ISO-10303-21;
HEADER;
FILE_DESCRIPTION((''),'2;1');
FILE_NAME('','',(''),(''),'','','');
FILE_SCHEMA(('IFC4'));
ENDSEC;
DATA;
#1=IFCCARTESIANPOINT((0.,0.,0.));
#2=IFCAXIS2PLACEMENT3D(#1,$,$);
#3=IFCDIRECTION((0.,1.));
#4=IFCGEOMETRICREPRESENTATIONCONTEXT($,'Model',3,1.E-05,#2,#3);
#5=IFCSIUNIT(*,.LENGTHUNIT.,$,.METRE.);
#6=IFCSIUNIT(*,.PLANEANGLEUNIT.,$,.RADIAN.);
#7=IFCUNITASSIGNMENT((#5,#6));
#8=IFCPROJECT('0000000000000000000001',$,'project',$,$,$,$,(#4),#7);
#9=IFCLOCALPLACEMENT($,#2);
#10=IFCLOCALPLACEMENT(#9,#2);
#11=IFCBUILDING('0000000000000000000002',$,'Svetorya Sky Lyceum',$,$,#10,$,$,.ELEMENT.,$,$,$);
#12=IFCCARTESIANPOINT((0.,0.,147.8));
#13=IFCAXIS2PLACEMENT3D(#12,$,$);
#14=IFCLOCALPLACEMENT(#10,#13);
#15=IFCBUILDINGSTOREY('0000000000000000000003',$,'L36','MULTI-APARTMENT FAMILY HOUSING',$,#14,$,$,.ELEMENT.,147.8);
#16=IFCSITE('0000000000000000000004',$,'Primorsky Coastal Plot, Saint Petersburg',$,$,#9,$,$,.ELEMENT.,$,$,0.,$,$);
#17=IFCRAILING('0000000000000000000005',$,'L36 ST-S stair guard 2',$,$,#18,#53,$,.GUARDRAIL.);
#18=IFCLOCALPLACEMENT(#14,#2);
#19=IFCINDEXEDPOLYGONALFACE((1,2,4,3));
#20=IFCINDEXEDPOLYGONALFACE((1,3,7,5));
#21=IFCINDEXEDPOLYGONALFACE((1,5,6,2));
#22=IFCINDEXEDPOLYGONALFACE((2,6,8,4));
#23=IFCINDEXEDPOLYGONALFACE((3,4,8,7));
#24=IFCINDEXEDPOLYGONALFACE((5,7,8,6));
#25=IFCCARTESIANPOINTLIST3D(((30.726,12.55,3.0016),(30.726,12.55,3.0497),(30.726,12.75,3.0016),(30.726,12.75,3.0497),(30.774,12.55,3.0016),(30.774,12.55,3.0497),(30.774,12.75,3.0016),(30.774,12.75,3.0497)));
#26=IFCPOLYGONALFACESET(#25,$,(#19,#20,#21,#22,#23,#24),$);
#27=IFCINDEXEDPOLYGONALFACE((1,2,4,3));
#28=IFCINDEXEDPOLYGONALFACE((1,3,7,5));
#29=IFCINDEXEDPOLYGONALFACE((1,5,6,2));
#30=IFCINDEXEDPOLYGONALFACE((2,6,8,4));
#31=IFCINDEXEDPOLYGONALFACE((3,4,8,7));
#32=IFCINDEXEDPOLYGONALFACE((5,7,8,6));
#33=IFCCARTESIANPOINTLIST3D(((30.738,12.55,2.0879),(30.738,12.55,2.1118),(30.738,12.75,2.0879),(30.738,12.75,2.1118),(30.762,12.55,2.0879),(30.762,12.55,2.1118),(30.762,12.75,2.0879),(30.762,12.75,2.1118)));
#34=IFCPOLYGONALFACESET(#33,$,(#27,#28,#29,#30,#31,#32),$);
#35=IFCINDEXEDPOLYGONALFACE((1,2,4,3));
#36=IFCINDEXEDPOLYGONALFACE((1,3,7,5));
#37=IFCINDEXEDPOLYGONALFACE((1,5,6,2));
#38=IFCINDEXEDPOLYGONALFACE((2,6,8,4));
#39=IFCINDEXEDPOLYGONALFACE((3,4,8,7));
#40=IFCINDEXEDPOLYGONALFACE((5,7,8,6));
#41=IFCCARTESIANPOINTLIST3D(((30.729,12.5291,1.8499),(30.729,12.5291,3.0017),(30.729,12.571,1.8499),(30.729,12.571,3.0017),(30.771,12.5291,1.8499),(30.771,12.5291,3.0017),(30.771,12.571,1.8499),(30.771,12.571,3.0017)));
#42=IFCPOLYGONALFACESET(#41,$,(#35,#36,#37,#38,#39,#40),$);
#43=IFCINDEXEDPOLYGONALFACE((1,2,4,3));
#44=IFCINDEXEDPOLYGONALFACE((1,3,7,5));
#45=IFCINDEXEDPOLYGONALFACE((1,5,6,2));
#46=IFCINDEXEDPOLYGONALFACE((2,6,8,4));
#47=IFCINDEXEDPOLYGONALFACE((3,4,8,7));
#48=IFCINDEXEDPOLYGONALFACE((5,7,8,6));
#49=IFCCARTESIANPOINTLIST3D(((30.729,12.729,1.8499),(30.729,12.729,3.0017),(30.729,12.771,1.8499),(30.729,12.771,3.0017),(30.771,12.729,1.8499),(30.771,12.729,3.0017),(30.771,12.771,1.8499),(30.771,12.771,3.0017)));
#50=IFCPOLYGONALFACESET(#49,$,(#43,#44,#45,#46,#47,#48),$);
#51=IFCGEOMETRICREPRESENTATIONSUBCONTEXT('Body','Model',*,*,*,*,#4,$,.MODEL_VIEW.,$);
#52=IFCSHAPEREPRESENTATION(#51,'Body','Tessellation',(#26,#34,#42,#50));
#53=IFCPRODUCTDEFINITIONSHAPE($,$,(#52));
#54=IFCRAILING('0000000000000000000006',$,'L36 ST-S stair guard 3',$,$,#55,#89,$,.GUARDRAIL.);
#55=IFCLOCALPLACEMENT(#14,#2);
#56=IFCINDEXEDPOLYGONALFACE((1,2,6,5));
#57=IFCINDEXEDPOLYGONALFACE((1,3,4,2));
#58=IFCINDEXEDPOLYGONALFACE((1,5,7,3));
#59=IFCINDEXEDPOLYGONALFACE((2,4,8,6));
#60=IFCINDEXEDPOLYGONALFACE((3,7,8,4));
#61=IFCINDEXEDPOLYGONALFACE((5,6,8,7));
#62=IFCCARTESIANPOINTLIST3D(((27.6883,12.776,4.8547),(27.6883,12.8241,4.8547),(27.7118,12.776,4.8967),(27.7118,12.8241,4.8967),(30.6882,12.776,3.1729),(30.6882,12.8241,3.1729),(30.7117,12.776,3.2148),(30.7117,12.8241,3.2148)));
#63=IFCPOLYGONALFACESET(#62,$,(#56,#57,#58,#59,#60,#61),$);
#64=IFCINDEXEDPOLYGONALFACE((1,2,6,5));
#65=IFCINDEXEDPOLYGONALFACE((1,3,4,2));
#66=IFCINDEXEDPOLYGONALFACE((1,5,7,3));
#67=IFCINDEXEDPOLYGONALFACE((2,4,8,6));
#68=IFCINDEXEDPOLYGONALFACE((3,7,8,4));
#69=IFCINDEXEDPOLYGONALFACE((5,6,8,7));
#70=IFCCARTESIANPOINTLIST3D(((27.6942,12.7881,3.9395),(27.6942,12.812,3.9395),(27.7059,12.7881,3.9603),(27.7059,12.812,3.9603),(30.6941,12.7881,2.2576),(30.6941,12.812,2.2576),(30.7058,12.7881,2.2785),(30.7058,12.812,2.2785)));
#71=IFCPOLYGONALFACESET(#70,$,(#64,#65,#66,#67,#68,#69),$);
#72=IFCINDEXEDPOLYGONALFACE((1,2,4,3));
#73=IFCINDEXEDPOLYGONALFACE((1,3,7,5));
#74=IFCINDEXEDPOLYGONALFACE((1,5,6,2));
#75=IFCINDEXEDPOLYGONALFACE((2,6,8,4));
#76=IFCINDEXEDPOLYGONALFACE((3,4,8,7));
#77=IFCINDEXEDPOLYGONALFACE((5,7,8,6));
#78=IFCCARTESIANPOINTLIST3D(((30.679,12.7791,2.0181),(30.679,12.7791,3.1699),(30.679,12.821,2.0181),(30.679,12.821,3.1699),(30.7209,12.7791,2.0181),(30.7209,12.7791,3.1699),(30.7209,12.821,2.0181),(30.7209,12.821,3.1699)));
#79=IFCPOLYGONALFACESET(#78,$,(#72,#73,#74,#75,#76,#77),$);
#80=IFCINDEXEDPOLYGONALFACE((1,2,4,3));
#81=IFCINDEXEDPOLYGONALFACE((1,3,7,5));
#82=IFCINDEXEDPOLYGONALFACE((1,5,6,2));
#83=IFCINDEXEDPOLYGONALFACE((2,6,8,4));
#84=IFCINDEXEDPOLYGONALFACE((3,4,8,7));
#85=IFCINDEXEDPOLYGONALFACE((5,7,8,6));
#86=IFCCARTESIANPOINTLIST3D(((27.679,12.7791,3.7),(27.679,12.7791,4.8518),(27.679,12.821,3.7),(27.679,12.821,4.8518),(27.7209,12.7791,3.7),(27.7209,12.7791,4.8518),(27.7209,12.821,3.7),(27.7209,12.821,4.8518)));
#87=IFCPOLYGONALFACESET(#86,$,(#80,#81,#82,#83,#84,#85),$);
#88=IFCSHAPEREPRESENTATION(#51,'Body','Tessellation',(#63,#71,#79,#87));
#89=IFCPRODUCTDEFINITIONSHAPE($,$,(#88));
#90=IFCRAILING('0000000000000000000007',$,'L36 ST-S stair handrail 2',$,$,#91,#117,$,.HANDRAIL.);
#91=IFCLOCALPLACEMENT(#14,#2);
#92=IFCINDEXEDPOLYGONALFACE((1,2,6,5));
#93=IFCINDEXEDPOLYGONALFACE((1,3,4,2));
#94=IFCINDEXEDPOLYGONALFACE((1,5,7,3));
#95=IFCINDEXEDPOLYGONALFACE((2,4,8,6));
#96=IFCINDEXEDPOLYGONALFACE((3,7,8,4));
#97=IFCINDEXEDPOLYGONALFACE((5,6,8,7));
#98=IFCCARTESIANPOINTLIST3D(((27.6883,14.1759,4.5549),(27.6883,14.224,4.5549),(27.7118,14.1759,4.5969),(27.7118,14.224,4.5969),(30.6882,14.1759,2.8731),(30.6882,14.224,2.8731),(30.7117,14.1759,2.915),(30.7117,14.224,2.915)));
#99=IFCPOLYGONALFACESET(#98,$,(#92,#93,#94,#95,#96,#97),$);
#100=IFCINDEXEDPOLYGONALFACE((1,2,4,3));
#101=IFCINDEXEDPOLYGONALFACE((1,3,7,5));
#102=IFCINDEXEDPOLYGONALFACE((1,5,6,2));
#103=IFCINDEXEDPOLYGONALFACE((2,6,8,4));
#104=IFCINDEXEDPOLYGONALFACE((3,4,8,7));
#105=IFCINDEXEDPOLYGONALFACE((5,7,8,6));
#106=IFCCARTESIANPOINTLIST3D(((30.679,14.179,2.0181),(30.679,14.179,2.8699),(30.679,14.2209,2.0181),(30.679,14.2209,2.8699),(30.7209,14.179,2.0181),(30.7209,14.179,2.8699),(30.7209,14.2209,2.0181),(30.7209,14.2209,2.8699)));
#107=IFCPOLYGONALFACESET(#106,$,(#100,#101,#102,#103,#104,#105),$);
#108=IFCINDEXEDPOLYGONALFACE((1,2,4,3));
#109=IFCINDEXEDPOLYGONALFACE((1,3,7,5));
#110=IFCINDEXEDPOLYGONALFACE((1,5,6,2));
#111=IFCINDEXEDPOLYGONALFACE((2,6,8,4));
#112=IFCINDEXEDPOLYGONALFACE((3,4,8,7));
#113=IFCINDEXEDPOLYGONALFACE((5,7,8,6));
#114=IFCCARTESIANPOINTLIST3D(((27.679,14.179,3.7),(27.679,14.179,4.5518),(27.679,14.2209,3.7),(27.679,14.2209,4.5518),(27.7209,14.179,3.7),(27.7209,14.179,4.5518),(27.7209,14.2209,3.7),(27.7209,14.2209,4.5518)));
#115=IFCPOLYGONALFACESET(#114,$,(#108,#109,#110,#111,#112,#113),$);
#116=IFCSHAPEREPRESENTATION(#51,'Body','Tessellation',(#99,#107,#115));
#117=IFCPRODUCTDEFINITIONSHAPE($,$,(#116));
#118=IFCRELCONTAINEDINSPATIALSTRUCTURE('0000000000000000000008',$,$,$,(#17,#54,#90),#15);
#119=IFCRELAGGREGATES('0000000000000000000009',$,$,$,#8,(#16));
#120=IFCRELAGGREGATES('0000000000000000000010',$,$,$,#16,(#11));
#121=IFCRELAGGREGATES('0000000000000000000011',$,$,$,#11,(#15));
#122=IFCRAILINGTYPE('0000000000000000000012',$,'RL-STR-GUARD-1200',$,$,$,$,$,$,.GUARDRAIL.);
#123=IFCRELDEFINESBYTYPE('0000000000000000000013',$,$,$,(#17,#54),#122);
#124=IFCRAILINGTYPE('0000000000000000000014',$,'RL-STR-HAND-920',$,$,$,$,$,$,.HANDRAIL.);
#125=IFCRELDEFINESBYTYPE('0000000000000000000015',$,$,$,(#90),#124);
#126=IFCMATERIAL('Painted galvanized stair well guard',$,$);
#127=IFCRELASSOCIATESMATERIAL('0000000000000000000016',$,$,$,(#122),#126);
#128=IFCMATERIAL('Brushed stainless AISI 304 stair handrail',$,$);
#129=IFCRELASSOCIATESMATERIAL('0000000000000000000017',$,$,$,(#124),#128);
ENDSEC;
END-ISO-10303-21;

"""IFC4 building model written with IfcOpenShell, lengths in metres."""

from ifc_helpers import new_model, si_unit, direction, frame, origin, origin_2d, place, context, subcontext, project, spatial, rectangle, extrude, material, type_object, element, save


model = new_model("IFC4")

# Units and contexts
model_context = context("Model", 3, precision=1e-05, world=origin(), true_north=direction((0.0, 1.0)))
body_context = subcontext(model_context, "Body", "Model", "MODEL_VIEW")
ifc_project = project(units=[si_unit("LENGTHUNIT", "METRE"), si_unit("PLANEANGLEUNIT", "RADIAN")], contexts=[model_context])

# Site, building, storey
site_placement = place(None, origin())
site = spatial("IfcSite", under=ifc_project, at=site_placement, Name="Primorsky Coastal Plot, Saint Petersburg", CompositionType="ELEMENT", RefElevation=0.0)
building_placement = place(site_placement, origin())
building = spatial("IfcBuilding", under=site, at=building_placement, Name="Svetorya Sky Lyceum", CompositionType="ELEMENT")
storey_placement = place(building_placement, frame((0.0, 0.0, 147.8)))
storey = spatial("IfcBuildingStorey", under=building, at=storey_placement, Name="L36", Description="MULTI-APARTMENT FAMILY HOUSING", CompositionType="ELEMENT", Elevation=147.8)

# Railings
ifc_material_1 = material(Name="Painted galvanized stair well guard")
railing_type_1 = type_object("IfcRailingType", Name="RL-STR-GUARD-1200", PredefinedType="GUARDRAIL", material=ifc_material_1)
railing_1_placement = place(storey_placement, frame((30.75, 12.55, 1.8499)))
element("IfcRailing", 1, at=railing_1_placement, inside=storey, type_object=railing_type_1, Name="L36 ST-S stair guard 2", PredefinedType="GUARDRAIL", context=body_context, shape_type="SweptSolid", body=[
    extrude(rectangle(XDim=0.0481, YDim=0.0481, at=origin_2d()), frame((0.0, 0.0, 1.1758), z_axis=(0.0, 1.0, 0.0), x_axis=(-1.0, 0.0, 0.0)), (0.0, 0.0, 1.0), 0.2),
    extrude(rectangle(XDim=0.0239, YDim=0.0239, at=origin_2d()), frame((0.0, 0.0, 0.25), z_axis=(0.0, 1.0, 0.0), x_axis=(-1.0, 0.0, 0.0)), (0.0, 0.0, 1.0), 0.2),
    extrude(rectangle(XDim=0.042, YDim=0.042, at=origin_2d()), origin(), (0.0, 0.0, 1.0), 1.1519),
    extrude(rectangle(XDim=0.042, YDim=0.042, at=origin_2d()), frame((0.0, 0.2, 0.0)), (0.0, 0.0, 1.0), 1.1519),
])
railing_2_placement = place(storey_placement, frame((30.7, 12.8, 2.0181)))
element("IfcRailing", 2, at=railing_2_placement, inside=storey, type_object=railing_type_1, Name="L36 ST-S stair guard 3", PredefinedType="GUARDRAIL", context=body_context, shape_type="SweptSolid", body=[
    extrude(rectangle(XDim=0.0481, YDim=0.0481, at=origin_2d()), frame((0.0, 0.0, 1.1758), z_axis=(-0.872272, 0.0, 0.48902), x_axis=(0.0, -1.0, 0.0)), (0.0, 0.0, 1.0), 3.4392),
    extrude(rectangle(XDim=0.0239, YDim=0.0239, at=origin_2d()), frame((0.0, 0.0, 0.25), z_axis=(-0.872272, 0.0, 0.48902), x_axis=(0.0, -1.0, 0.0)), (0.0, 0.0, 1.0), 3.4392),
    extrude(rectangle(XDim=0.042, YDim=0.042, at=origin_2d()), origin(), (0.0, 0.0, 1.0), 1.1519),
    extrude(rectangle(XDim=0.042, YDim=0.042, at=origin_2d()), frame((-3.0, 0.0, 1.6819)), (0.0, 0.0, 1.0), 1.1519),
])
ifc_material_2 = material(Name="Brushed stainless AISI 304 stair handrail")
railing_type_2 = type_object("IfcRailingType", Name="RL-STR-HAND-920", PredefinedType="HANDRAIL", material=ifc_material_2)
railing_3_placement = place(storey_placement, frame((30.7, 14.2, 2.0181)))
element("IfcRailing", 3, at=railing_3_placement, inside=storey, type_object=railing_type_2, Name="L36 ST-S stair handrail 2", PredefinedType="HANDRAIL", context=body_context, shape_type="SweptSolid", body=[
    extrude(rectangle(XDim=0.0481, YDim=0.0481, at=origin_2d()), frame((0.0, 0.0, 0.876), z_axis=(-0.872272, 0.0, 0.48902), x_axis=(0.0, -1.0, 0.0)), (0.0, 0.0, 1.0), 3.4392),
    extrude(rectangle(XDim=0.042, YDim=0.042, at=origin_2d()), origin(), (0.0, 0.0, 1.0), 0.8518),
    extrude(rectangle(XDim=0.042, YDim=0.042, at=origin_2d()), frame((-3.0, 0.0, 1.6819)), (0.0, 0.0, 1.0), 0.8518),
])

save(model, "model.ifc")
